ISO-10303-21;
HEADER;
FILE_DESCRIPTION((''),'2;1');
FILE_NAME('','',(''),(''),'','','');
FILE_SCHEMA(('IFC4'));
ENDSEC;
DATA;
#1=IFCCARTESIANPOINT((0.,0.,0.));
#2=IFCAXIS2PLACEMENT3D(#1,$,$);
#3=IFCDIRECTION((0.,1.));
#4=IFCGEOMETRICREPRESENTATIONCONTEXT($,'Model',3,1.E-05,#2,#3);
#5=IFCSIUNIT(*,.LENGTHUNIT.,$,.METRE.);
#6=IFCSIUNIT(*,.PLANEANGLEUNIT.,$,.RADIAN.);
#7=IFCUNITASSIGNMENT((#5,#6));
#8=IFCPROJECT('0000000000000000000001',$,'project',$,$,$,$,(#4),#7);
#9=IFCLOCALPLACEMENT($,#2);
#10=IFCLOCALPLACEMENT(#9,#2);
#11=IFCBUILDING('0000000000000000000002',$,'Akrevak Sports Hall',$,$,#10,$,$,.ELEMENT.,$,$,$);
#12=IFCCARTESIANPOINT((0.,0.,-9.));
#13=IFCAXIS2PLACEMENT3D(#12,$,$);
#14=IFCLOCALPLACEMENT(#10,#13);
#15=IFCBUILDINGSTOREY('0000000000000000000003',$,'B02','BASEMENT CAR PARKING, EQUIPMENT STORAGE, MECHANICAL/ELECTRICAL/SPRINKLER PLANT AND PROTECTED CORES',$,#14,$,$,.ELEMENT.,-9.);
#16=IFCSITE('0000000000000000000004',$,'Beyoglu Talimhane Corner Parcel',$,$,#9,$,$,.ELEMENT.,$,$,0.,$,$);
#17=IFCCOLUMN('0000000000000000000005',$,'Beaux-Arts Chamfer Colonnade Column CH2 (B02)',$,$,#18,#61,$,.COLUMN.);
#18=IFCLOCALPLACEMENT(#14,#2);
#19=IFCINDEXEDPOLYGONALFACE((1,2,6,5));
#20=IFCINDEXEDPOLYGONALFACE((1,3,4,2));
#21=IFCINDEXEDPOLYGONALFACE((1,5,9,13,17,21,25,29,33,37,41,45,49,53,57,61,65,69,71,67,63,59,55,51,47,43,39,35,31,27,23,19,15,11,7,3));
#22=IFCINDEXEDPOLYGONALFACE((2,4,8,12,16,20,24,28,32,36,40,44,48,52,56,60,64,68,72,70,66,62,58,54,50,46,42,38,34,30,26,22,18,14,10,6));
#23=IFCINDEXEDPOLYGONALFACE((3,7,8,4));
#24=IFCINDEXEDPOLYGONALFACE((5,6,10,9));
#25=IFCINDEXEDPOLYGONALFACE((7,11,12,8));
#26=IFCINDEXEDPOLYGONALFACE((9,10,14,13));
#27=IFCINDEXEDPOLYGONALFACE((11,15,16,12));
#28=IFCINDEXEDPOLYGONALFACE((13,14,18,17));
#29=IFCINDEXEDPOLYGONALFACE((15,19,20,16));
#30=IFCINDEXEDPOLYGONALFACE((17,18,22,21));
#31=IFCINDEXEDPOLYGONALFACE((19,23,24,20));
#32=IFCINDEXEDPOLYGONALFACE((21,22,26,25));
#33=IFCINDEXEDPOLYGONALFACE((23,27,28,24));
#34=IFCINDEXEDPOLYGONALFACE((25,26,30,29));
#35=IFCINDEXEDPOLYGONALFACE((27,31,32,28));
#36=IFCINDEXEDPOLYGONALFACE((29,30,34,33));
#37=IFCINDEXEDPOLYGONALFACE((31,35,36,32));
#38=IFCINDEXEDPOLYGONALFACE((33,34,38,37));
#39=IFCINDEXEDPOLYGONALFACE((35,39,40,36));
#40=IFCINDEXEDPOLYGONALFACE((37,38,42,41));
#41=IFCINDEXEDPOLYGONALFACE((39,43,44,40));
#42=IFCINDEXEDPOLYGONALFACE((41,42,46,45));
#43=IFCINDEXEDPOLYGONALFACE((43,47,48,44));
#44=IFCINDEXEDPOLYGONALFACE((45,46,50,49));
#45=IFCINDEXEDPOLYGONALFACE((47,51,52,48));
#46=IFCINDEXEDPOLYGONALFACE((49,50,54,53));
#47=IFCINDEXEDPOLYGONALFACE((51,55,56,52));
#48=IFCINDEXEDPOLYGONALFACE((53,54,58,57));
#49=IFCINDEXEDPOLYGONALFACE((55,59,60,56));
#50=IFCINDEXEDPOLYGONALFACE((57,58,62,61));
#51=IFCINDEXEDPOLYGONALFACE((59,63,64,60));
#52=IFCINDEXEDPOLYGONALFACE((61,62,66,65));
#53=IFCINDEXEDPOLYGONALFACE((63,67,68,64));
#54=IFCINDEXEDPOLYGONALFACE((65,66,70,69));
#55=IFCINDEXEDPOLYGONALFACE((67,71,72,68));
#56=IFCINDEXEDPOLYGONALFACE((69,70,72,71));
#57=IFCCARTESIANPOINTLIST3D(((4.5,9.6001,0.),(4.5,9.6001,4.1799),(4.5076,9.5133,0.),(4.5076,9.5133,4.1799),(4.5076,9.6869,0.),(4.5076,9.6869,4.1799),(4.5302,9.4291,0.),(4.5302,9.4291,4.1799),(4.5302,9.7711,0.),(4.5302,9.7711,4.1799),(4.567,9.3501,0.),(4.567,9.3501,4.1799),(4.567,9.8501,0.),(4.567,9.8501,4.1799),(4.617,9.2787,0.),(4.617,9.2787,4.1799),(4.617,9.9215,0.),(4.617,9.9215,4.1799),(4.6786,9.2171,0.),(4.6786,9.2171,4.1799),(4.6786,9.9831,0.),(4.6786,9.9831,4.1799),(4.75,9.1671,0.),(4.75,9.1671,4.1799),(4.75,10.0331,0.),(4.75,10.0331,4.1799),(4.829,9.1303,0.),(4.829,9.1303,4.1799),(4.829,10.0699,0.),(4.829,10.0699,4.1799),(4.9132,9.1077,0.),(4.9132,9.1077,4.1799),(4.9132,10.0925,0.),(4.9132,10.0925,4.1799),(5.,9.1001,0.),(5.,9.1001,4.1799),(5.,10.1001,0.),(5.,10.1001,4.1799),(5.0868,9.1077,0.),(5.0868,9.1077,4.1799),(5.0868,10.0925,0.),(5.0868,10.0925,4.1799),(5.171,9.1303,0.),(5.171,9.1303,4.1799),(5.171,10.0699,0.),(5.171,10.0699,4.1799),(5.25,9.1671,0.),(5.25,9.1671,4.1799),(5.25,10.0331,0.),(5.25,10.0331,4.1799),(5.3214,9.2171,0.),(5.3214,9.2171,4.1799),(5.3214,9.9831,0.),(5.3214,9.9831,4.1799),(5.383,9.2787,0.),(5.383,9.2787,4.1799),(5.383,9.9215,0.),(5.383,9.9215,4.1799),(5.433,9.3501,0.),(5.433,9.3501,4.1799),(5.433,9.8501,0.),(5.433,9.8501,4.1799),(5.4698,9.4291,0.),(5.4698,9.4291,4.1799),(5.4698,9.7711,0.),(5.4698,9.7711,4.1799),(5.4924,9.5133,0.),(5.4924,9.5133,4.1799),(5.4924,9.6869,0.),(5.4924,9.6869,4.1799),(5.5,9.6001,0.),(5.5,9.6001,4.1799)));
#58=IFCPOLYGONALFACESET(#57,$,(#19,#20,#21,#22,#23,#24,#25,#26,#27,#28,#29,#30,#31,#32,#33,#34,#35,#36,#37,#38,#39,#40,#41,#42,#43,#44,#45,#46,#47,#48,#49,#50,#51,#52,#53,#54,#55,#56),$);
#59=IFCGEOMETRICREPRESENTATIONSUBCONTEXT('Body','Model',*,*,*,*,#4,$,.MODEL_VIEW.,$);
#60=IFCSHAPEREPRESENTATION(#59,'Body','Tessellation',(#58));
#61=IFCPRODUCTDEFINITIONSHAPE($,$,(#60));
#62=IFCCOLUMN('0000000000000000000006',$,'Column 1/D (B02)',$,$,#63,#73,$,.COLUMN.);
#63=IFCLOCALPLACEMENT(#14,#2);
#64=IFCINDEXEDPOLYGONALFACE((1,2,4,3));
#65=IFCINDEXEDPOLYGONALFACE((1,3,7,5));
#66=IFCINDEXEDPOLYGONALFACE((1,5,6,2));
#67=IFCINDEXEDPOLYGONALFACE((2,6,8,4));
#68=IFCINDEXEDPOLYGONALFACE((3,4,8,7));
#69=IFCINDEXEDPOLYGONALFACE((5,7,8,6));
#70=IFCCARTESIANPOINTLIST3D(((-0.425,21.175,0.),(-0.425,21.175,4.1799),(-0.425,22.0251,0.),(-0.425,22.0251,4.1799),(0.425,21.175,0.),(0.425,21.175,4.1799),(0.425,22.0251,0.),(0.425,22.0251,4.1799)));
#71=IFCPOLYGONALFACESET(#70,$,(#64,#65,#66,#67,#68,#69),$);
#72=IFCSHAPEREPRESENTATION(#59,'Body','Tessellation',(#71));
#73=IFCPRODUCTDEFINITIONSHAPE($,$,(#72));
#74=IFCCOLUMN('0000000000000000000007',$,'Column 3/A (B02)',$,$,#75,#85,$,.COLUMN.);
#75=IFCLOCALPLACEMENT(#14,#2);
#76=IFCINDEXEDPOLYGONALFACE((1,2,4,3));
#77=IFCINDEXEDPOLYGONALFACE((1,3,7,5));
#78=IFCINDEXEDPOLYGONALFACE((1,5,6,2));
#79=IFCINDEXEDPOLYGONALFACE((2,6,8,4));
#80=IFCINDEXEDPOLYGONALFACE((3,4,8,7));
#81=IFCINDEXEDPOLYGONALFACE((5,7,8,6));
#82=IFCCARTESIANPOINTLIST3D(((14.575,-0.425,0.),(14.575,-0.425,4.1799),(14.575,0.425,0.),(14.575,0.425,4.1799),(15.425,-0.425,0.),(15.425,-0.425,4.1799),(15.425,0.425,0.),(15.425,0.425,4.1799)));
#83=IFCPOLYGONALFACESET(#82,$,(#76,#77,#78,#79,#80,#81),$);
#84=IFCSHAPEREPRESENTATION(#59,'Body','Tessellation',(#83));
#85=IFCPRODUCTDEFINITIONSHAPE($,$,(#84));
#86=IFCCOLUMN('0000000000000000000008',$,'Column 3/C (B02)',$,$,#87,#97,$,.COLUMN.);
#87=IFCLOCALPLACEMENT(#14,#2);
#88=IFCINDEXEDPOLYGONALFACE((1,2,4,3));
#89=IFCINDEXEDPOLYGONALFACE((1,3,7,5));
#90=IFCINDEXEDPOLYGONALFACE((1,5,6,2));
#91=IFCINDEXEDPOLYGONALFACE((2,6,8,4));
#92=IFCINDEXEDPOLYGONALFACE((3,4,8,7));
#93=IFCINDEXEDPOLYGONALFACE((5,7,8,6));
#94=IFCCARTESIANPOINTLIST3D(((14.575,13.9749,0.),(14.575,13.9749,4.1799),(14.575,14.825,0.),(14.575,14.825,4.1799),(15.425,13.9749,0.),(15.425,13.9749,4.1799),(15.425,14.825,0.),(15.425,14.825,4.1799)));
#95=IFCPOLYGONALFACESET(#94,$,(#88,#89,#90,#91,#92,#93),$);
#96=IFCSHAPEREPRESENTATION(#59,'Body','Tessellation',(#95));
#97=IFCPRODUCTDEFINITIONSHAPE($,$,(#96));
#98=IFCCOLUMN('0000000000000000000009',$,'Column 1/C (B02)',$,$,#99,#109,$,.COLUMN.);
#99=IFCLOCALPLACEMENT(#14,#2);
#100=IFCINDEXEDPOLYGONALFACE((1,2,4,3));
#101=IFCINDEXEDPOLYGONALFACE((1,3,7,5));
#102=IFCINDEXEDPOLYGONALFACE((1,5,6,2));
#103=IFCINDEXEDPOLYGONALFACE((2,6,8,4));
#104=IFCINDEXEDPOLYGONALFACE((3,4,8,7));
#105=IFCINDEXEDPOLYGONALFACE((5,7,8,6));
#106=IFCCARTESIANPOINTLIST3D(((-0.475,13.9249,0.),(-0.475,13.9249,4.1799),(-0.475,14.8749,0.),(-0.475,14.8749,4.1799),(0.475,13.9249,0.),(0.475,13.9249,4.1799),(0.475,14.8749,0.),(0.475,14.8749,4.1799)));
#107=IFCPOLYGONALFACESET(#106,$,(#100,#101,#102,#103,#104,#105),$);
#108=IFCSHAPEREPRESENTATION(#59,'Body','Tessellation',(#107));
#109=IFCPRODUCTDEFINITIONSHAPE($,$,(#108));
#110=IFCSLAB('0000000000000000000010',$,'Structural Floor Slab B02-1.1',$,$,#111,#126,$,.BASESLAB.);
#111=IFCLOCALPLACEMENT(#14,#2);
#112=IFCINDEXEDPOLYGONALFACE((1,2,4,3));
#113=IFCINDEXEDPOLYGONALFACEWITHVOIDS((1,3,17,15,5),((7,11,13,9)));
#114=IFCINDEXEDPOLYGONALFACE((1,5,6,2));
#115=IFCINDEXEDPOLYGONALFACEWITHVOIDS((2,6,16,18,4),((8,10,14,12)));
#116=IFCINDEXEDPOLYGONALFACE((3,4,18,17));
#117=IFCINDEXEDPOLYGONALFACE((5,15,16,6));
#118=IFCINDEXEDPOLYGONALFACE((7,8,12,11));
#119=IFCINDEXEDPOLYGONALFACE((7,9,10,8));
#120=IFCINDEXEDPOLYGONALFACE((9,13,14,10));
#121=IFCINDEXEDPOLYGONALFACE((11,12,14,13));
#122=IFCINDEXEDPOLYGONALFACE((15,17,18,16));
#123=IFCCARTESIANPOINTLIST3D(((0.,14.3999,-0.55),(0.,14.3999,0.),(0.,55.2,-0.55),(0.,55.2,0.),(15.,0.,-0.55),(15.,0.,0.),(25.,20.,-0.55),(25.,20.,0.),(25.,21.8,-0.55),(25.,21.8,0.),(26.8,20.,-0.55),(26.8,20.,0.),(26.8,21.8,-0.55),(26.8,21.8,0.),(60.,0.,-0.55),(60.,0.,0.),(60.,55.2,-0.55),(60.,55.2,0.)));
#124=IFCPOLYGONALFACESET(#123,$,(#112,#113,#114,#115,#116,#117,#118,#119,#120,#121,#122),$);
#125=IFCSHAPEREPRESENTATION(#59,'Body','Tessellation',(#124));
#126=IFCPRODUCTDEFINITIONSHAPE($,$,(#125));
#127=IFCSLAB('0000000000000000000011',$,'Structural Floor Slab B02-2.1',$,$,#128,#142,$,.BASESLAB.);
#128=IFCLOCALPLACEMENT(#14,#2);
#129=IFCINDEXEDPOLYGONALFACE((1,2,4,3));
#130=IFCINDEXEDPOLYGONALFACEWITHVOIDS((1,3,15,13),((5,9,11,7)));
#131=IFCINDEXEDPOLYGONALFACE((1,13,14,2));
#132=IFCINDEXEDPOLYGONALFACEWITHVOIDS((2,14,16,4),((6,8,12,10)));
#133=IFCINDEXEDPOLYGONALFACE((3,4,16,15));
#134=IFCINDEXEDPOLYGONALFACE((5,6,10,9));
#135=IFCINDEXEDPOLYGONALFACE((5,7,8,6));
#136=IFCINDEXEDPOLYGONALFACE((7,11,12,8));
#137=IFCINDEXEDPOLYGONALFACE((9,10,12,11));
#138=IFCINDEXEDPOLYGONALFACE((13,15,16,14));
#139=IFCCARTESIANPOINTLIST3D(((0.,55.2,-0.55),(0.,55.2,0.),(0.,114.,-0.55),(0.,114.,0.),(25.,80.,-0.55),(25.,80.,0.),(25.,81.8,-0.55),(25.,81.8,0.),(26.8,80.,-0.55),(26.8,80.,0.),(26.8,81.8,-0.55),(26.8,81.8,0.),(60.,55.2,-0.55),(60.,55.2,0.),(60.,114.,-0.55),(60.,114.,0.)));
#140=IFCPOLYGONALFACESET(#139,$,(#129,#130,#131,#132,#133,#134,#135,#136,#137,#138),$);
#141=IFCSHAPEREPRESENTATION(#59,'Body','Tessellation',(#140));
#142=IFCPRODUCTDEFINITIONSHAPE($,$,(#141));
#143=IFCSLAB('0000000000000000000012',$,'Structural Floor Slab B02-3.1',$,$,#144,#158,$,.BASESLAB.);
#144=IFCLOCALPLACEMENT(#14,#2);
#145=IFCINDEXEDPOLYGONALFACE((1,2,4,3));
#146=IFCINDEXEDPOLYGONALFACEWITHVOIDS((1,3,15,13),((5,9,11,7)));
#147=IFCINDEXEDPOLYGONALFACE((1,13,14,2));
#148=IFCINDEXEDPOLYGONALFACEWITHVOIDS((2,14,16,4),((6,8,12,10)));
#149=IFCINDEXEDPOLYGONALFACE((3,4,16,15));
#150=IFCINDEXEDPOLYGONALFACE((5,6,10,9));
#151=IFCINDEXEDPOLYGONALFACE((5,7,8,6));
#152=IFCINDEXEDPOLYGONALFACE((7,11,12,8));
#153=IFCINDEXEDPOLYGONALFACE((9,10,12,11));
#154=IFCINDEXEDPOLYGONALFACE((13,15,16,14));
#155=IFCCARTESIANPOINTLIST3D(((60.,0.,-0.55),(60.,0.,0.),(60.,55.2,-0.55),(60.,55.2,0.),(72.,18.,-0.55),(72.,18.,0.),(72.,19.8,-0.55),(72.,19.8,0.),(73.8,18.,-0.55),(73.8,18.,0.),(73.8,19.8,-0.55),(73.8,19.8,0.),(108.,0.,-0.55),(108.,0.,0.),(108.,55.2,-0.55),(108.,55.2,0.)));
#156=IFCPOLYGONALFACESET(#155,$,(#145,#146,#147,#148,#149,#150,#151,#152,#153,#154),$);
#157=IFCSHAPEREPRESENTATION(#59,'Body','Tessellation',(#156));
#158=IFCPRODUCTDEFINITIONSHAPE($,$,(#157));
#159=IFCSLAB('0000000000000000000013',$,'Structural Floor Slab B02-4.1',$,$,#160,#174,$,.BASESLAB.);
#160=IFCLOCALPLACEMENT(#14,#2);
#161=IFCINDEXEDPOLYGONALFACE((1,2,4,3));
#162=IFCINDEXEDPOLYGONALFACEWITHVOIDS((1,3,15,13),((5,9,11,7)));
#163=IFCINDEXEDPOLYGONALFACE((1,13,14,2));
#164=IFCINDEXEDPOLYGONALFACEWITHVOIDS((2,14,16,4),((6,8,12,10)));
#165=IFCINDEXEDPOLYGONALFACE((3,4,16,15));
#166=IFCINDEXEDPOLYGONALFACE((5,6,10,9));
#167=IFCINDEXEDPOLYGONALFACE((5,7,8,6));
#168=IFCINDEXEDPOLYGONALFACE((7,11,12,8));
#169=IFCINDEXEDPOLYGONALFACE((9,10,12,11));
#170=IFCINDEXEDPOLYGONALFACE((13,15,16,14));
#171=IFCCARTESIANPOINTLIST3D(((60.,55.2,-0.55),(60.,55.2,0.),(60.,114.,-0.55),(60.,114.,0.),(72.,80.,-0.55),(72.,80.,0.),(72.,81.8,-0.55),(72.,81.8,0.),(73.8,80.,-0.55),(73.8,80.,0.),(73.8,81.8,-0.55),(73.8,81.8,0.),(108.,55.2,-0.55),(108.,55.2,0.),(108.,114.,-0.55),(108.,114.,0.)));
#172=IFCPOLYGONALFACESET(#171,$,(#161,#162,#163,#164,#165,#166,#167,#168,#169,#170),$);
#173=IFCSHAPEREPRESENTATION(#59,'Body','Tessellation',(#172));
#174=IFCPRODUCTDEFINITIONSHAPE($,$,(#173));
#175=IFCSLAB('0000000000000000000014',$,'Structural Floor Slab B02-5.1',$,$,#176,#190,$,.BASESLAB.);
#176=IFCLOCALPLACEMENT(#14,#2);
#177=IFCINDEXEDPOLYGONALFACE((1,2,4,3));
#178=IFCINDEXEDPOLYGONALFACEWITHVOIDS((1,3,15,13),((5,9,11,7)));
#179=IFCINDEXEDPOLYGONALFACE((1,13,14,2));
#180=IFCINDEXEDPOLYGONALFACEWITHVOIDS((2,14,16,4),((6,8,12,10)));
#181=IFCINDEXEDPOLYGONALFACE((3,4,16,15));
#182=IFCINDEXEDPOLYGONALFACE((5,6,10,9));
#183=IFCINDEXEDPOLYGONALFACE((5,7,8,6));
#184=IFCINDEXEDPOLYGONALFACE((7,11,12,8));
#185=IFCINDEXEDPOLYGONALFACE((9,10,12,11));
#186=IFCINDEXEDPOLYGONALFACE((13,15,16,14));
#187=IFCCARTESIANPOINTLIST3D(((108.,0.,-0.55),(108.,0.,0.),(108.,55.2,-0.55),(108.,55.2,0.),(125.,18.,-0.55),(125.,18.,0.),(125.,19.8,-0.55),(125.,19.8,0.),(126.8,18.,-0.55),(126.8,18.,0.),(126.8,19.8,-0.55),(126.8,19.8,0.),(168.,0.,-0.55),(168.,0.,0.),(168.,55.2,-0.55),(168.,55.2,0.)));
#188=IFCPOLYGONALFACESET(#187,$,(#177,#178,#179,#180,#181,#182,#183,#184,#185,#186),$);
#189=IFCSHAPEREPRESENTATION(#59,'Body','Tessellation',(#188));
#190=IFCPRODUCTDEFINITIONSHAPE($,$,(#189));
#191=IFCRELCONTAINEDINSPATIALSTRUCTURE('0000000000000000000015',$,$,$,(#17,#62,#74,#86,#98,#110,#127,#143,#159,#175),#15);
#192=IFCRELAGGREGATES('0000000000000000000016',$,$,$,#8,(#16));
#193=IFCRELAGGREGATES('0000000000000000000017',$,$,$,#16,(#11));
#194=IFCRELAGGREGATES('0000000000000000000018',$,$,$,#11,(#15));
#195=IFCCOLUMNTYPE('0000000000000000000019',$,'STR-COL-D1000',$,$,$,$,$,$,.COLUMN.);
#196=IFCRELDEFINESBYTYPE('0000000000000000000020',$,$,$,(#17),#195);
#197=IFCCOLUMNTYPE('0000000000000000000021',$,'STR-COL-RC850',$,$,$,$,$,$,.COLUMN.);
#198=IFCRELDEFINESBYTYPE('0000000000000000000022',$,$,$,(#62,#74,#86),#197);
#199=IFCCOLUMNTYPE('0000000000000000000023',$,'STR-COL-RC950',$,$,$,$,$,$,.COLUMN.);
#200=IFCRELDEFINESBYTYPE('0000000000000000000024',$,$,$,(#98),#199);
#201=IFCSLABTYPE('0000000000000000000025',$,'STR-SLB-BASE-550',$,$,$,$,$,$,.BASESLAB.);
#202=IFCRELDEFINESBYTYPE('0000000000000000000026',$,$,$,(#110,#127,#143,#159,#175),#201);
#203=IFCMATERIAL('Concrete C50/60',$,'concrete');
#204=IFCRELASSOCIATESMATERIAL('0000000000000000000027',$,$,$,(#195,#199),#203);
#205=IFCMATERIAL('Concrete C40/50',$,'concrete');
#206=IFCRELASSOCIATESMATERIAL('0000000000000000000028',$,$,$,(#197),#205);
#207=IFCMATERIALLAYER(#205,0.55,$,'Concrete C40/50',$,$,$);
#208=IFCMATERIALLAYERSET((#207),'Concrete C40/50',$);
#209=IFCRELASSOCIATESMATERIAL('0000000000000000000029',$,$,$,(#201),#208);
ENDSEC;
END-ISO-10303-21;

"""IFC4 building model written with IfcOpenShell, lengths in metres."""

from ifc_helpers import new_model, si_unit, direction, frame, origin, origin_2d, place, context, subcontext, project, spatial, polyline, rectangle, circle, outline, extrude, material, layer, layer_set, material_profile, profile_set, type_object, element, save


model = new_model("IFC4")

# Units and contexts
model_context = context("Model", 3, precision=1e-05, world=origin(), true_north=direction((0.0, 1.0)))
body_context = subcontext(model_context, "Body", "Model", "MODEL_VIEW")
ifc_project = project(units=[si_unit("LENGTHUNIT", "METRE"), si_unit("PLANEANGLEUNIT", "RADIAN")], contexts=[model_context])

# Site, building, storey
site_placement = place(None, origin())
site = spatial("IfcSite", under=ifc_project, at=site_placement, Name="Beyoglu Talimhane Corner Parcel", CompositionType="ELEMENT", RefElevation=0.0)
building_placement = place(site_placement, origin())
building = spatial("IfcBuilding", under=site, at=building_placement, Name="Akrevak Sports Hall", CompositionType="ELEMENT")
storey_placement = place(building_placement, frame((0.0, 0.0, -9.0)))
storey = spatial("IfcBuildingStorey", under=building, at=storey_placement, Name="B02", Description="BASEMENT CAR PARKING, EQUIPMENT STORAGE, MECHANICAL/ELECTRICAL/SPRINKLER PLANT AND PROTECTED CORES", CompositionType="ELEMENT", Elevation=-9.0)

# Shared definitions
ifc_material_1 = material(Name="Concrete C40/50", Category="concrete")

# Columns
ifc_material_2 = material(Name="Concrete C50/60", Category="concrete")
ifc_material_profile_1 = material_profile(ifc_material_2, circle(Radius=0.5, at=origin_2d()), Name="COL D1000", Category="concrete")
ifc_profile_set_1 = profile_set([ifc_material_profile_1], Name="Concrete C50/60")
column_type_1 = type_object("IfcColumnType", Name="STR-COL-D1000", PredefinedType="COLUMN", material=ifc_profile_set_1)
for number, where, z_axis, x_axis, name in (
    (1, (5.0, 9.6001, 0.0), (0.0, 0.0, 1.0), (1.0, 0.0, 0.0), "Beaux-Arts Chamfer Colonnade Column CH2 (B02)"),
):
    element("IfcColumn", number, at=place(storey_placement, frame(where, z_axis=z_axis, x_axis=x_axis)), inside=storey, type_object=column_type_1, Name=name, PredefinedType="COLUMN", context=body_context, shape_type="SweptSolid", body=[
        extrude(circle(Radius=0.5, at=origin_2d()), origin(), (0.0, 0.0, 1.0), 4.1799),
    ])
ifc_material_profile_2 = material_profile(ifc_material_1, rectangle(XDim=0.8501, YDim=0.8501, at=origin_2d()), Name="RC 850x850", Category="concrete")
ifc_profile_set_2 = profile_set([ifc_material_profile_2], Name="Concrete C40/50")
column_type_2 = type_object("IfcColumnType", Name="STR-COL-RC850", PredefinedType="COLUMN", material=ifc_profile_set_2)
for number, where, z_axis, x_axis, name in (
    (2, (0.0, 21.6001, 0.0), (0.0, 0.0, 1.0), (1.0, 0.0, 0.0), "Column 1/D (B02)"),
    (3, (15.0, 0.0, 0.0), (0.0, 0.0, 1.0), (1.0, 0.0, 0.0), "Column 3/A (B02)"),
    (4, (15.0, 14.3999, 0.0), (0.0, 0.0, 1.0), (1.0, 0.0, 0.0), "Column 3/C (B02)"),
):
    element("IfcColumn", number, at=place(storey_placement, frame(where, z_axis=z_axis, x_axis=x_axis)), inside=storey, type_object=column_type_2, Name=name, PredefinedType="COLUMN", context=body_context, shape_type="SweptSolid", body=[
        extrude(rectangle(XDim=0.8501, YDim=0.8501, at=origin_2d()), origin(), (0.0, 0.0, 1.0), 4.1799),
    ])
ifc_material_profile_3 = material_profile(ifc_material_2, rectangle(XDim=0.95, YDim=0.95, at=origin_2d()), Name="RC 950x950", Category="concrete")
ifc_profile_set_3 = profile_set([ifc_material_profile_3], Name="Concrete C50/60")
column_type_3 = type_object("IfcColumnType", Name="STR-COL-RC950", PredefinedType="COLUMN", material=ifc_profile_set_3)
column_placement = place(storey_placement, frame((0.0, 14.3999, 0.0), z_axis=(0.0, 0.0, 1.0), x_axis=(1.0, 0.0, 0.0)))
element("IfcColumn", 5, at=column_placement, inside=storey, type_object=column_type_3, Name="Column 1/C (B02)", PredefinedType="COLUMN", context=body_context, shape_type="SweptSolid", body=[
    extrude(rectangle(XDim=0.95, YDim=0.95, at=origin_2d()), origin(), (0.0, 0.0, 1.0), 4.1799),
])

# Slabs
ifc_layer_1 = layer(ifc_material_1, 0.55, Name="Concrete C40/50")
ifc_layer_set_1 = layer_set([ifc_layer_1], Name="Concrete C40/50")
slab_type_1 = type_object("IfcSlabType", Name="STR-SLB-BASE-550", PredefinedType="BASESLAB", material=ifc_layer_set_1)
slab_1_placement = place(storey_placement, frame((0.0, 0.0, -0.55)))
element("IfcSlab", 6, at=slab_1_placement, inside=storey, type_object=slab_type_1, Name="Structural Floor Slab B02-1.1", PredefinedType="BASESLAB", context=body_context, shape_type="SweptSolid", body=[
    extrude(outline(polyline([(0.0, 14.3999), (15.0, 0.0), (60.0, 0.0), (60.0, 55.2), (0.0, 55.2), (0.0, 14.3999)]), holes=[polyline([(25.0, 21.8), (26.8, 21.8), (26.8, 20.0), (25.0, 20.0), (25.0, 21.8)])]), origin(), (0.0, 0.0, 1.0), 0.55),
])
slab_2_placement = place(storey_placement, frame((0.0, 0.0, -0.55)))
element("IfcSlab", 7, at=slab_2_placement, inside=storey, type_object=slab_type_1, Name="Structural Floor Slab B02-2.1", PredefinedType="BASESLAB", context=body_context, shape_type="SweptSolid", body=[
    extrude(outline(polyline([(0.0, 55.2), (60.0, 55.2), (60.0, 114.0), (0.0, 114.0), (0.0, 55.2)]), holes=[polyline([(25.0, 80.0), (25.0, 81.8), (26.8, 81.8), (26.8, 80.0), (25.0, 80.0)])]), origin(), (0.0, 0.0, 1.0), 0.55),
])
slab_3_placement = place(storey_placement, frame((0.0, 0.0, -0.55)))
element("IfcSlab", 8, at=slab_3_placement, inside=storey, type_object=slab_type_1, Name="Structural Floor Slab B02-3.1", PredefinedType="BASESLAB", context=body_context, shape_type="SweptSolid", body=[
    extrude(outline(polyline([(108.0, 0.0), (108.0, 55.2), (60.0, 55.2), (60.0, 0.0), (108.0, 0.0)]), holes=[polyline([(72.0, 18.0), (72.0, 19.8), (73.8, 19.8), (73.8, 18.0), (72.0, 18.0)])]), origin(), (0.0, 0.0, 1.0), 0.55),
])
slab_4_placement = place(storey_placement, frame((0.0, 0.0, -0.55)))
element("IfcSlab", 9, at=slab_4_placement, inside=storey, type_object=slab_type_1, Name="Structural Floor Slab B02-4.1", PredefinedType="BASESLAB", context=body_context, shape_type="SweptSolid", body=[
    extrude(outline(polyline([(60.0, 114.0), (60.0, 55.2), (108.0, 55.2), (108.0, 114.0), (60.0, 114.0)]), holes=[polyline([(72.0, 81.8), (73.8, 81.8), (73.8, 80.0), (72.0, 80.0), (72.0, 81.8)])]), origin(), (0.0, 0.0, 1.0), 0.55),
])
slab_5_placement = place(storey_placement, frame((0.0, 0.0, -0.55)))
element("IfcSlab", 10, at=slab_5_placement, inside=storey, type_object=slab_type_1, Name="Structural Floor Slab B02-5.1", PredefinedType="BASESLAB", context=body_context, shape_type="SweptSolid", body=[
    extrude(outline(polyline([(168.0, 55.2), (108.0, 55.2), (108.0, 0.0), (168.0, 0.0), (168.0, 55.2)]), holes=[polyline([(125.0, 19.8), (126.8, 19.8), (126.8, 18.0), (125.0, 18.0), (125.0, 19.8)])]), origin(), (0.0, 0.0, 1.0), 0.55),
])

save(model, "model.ifc")
